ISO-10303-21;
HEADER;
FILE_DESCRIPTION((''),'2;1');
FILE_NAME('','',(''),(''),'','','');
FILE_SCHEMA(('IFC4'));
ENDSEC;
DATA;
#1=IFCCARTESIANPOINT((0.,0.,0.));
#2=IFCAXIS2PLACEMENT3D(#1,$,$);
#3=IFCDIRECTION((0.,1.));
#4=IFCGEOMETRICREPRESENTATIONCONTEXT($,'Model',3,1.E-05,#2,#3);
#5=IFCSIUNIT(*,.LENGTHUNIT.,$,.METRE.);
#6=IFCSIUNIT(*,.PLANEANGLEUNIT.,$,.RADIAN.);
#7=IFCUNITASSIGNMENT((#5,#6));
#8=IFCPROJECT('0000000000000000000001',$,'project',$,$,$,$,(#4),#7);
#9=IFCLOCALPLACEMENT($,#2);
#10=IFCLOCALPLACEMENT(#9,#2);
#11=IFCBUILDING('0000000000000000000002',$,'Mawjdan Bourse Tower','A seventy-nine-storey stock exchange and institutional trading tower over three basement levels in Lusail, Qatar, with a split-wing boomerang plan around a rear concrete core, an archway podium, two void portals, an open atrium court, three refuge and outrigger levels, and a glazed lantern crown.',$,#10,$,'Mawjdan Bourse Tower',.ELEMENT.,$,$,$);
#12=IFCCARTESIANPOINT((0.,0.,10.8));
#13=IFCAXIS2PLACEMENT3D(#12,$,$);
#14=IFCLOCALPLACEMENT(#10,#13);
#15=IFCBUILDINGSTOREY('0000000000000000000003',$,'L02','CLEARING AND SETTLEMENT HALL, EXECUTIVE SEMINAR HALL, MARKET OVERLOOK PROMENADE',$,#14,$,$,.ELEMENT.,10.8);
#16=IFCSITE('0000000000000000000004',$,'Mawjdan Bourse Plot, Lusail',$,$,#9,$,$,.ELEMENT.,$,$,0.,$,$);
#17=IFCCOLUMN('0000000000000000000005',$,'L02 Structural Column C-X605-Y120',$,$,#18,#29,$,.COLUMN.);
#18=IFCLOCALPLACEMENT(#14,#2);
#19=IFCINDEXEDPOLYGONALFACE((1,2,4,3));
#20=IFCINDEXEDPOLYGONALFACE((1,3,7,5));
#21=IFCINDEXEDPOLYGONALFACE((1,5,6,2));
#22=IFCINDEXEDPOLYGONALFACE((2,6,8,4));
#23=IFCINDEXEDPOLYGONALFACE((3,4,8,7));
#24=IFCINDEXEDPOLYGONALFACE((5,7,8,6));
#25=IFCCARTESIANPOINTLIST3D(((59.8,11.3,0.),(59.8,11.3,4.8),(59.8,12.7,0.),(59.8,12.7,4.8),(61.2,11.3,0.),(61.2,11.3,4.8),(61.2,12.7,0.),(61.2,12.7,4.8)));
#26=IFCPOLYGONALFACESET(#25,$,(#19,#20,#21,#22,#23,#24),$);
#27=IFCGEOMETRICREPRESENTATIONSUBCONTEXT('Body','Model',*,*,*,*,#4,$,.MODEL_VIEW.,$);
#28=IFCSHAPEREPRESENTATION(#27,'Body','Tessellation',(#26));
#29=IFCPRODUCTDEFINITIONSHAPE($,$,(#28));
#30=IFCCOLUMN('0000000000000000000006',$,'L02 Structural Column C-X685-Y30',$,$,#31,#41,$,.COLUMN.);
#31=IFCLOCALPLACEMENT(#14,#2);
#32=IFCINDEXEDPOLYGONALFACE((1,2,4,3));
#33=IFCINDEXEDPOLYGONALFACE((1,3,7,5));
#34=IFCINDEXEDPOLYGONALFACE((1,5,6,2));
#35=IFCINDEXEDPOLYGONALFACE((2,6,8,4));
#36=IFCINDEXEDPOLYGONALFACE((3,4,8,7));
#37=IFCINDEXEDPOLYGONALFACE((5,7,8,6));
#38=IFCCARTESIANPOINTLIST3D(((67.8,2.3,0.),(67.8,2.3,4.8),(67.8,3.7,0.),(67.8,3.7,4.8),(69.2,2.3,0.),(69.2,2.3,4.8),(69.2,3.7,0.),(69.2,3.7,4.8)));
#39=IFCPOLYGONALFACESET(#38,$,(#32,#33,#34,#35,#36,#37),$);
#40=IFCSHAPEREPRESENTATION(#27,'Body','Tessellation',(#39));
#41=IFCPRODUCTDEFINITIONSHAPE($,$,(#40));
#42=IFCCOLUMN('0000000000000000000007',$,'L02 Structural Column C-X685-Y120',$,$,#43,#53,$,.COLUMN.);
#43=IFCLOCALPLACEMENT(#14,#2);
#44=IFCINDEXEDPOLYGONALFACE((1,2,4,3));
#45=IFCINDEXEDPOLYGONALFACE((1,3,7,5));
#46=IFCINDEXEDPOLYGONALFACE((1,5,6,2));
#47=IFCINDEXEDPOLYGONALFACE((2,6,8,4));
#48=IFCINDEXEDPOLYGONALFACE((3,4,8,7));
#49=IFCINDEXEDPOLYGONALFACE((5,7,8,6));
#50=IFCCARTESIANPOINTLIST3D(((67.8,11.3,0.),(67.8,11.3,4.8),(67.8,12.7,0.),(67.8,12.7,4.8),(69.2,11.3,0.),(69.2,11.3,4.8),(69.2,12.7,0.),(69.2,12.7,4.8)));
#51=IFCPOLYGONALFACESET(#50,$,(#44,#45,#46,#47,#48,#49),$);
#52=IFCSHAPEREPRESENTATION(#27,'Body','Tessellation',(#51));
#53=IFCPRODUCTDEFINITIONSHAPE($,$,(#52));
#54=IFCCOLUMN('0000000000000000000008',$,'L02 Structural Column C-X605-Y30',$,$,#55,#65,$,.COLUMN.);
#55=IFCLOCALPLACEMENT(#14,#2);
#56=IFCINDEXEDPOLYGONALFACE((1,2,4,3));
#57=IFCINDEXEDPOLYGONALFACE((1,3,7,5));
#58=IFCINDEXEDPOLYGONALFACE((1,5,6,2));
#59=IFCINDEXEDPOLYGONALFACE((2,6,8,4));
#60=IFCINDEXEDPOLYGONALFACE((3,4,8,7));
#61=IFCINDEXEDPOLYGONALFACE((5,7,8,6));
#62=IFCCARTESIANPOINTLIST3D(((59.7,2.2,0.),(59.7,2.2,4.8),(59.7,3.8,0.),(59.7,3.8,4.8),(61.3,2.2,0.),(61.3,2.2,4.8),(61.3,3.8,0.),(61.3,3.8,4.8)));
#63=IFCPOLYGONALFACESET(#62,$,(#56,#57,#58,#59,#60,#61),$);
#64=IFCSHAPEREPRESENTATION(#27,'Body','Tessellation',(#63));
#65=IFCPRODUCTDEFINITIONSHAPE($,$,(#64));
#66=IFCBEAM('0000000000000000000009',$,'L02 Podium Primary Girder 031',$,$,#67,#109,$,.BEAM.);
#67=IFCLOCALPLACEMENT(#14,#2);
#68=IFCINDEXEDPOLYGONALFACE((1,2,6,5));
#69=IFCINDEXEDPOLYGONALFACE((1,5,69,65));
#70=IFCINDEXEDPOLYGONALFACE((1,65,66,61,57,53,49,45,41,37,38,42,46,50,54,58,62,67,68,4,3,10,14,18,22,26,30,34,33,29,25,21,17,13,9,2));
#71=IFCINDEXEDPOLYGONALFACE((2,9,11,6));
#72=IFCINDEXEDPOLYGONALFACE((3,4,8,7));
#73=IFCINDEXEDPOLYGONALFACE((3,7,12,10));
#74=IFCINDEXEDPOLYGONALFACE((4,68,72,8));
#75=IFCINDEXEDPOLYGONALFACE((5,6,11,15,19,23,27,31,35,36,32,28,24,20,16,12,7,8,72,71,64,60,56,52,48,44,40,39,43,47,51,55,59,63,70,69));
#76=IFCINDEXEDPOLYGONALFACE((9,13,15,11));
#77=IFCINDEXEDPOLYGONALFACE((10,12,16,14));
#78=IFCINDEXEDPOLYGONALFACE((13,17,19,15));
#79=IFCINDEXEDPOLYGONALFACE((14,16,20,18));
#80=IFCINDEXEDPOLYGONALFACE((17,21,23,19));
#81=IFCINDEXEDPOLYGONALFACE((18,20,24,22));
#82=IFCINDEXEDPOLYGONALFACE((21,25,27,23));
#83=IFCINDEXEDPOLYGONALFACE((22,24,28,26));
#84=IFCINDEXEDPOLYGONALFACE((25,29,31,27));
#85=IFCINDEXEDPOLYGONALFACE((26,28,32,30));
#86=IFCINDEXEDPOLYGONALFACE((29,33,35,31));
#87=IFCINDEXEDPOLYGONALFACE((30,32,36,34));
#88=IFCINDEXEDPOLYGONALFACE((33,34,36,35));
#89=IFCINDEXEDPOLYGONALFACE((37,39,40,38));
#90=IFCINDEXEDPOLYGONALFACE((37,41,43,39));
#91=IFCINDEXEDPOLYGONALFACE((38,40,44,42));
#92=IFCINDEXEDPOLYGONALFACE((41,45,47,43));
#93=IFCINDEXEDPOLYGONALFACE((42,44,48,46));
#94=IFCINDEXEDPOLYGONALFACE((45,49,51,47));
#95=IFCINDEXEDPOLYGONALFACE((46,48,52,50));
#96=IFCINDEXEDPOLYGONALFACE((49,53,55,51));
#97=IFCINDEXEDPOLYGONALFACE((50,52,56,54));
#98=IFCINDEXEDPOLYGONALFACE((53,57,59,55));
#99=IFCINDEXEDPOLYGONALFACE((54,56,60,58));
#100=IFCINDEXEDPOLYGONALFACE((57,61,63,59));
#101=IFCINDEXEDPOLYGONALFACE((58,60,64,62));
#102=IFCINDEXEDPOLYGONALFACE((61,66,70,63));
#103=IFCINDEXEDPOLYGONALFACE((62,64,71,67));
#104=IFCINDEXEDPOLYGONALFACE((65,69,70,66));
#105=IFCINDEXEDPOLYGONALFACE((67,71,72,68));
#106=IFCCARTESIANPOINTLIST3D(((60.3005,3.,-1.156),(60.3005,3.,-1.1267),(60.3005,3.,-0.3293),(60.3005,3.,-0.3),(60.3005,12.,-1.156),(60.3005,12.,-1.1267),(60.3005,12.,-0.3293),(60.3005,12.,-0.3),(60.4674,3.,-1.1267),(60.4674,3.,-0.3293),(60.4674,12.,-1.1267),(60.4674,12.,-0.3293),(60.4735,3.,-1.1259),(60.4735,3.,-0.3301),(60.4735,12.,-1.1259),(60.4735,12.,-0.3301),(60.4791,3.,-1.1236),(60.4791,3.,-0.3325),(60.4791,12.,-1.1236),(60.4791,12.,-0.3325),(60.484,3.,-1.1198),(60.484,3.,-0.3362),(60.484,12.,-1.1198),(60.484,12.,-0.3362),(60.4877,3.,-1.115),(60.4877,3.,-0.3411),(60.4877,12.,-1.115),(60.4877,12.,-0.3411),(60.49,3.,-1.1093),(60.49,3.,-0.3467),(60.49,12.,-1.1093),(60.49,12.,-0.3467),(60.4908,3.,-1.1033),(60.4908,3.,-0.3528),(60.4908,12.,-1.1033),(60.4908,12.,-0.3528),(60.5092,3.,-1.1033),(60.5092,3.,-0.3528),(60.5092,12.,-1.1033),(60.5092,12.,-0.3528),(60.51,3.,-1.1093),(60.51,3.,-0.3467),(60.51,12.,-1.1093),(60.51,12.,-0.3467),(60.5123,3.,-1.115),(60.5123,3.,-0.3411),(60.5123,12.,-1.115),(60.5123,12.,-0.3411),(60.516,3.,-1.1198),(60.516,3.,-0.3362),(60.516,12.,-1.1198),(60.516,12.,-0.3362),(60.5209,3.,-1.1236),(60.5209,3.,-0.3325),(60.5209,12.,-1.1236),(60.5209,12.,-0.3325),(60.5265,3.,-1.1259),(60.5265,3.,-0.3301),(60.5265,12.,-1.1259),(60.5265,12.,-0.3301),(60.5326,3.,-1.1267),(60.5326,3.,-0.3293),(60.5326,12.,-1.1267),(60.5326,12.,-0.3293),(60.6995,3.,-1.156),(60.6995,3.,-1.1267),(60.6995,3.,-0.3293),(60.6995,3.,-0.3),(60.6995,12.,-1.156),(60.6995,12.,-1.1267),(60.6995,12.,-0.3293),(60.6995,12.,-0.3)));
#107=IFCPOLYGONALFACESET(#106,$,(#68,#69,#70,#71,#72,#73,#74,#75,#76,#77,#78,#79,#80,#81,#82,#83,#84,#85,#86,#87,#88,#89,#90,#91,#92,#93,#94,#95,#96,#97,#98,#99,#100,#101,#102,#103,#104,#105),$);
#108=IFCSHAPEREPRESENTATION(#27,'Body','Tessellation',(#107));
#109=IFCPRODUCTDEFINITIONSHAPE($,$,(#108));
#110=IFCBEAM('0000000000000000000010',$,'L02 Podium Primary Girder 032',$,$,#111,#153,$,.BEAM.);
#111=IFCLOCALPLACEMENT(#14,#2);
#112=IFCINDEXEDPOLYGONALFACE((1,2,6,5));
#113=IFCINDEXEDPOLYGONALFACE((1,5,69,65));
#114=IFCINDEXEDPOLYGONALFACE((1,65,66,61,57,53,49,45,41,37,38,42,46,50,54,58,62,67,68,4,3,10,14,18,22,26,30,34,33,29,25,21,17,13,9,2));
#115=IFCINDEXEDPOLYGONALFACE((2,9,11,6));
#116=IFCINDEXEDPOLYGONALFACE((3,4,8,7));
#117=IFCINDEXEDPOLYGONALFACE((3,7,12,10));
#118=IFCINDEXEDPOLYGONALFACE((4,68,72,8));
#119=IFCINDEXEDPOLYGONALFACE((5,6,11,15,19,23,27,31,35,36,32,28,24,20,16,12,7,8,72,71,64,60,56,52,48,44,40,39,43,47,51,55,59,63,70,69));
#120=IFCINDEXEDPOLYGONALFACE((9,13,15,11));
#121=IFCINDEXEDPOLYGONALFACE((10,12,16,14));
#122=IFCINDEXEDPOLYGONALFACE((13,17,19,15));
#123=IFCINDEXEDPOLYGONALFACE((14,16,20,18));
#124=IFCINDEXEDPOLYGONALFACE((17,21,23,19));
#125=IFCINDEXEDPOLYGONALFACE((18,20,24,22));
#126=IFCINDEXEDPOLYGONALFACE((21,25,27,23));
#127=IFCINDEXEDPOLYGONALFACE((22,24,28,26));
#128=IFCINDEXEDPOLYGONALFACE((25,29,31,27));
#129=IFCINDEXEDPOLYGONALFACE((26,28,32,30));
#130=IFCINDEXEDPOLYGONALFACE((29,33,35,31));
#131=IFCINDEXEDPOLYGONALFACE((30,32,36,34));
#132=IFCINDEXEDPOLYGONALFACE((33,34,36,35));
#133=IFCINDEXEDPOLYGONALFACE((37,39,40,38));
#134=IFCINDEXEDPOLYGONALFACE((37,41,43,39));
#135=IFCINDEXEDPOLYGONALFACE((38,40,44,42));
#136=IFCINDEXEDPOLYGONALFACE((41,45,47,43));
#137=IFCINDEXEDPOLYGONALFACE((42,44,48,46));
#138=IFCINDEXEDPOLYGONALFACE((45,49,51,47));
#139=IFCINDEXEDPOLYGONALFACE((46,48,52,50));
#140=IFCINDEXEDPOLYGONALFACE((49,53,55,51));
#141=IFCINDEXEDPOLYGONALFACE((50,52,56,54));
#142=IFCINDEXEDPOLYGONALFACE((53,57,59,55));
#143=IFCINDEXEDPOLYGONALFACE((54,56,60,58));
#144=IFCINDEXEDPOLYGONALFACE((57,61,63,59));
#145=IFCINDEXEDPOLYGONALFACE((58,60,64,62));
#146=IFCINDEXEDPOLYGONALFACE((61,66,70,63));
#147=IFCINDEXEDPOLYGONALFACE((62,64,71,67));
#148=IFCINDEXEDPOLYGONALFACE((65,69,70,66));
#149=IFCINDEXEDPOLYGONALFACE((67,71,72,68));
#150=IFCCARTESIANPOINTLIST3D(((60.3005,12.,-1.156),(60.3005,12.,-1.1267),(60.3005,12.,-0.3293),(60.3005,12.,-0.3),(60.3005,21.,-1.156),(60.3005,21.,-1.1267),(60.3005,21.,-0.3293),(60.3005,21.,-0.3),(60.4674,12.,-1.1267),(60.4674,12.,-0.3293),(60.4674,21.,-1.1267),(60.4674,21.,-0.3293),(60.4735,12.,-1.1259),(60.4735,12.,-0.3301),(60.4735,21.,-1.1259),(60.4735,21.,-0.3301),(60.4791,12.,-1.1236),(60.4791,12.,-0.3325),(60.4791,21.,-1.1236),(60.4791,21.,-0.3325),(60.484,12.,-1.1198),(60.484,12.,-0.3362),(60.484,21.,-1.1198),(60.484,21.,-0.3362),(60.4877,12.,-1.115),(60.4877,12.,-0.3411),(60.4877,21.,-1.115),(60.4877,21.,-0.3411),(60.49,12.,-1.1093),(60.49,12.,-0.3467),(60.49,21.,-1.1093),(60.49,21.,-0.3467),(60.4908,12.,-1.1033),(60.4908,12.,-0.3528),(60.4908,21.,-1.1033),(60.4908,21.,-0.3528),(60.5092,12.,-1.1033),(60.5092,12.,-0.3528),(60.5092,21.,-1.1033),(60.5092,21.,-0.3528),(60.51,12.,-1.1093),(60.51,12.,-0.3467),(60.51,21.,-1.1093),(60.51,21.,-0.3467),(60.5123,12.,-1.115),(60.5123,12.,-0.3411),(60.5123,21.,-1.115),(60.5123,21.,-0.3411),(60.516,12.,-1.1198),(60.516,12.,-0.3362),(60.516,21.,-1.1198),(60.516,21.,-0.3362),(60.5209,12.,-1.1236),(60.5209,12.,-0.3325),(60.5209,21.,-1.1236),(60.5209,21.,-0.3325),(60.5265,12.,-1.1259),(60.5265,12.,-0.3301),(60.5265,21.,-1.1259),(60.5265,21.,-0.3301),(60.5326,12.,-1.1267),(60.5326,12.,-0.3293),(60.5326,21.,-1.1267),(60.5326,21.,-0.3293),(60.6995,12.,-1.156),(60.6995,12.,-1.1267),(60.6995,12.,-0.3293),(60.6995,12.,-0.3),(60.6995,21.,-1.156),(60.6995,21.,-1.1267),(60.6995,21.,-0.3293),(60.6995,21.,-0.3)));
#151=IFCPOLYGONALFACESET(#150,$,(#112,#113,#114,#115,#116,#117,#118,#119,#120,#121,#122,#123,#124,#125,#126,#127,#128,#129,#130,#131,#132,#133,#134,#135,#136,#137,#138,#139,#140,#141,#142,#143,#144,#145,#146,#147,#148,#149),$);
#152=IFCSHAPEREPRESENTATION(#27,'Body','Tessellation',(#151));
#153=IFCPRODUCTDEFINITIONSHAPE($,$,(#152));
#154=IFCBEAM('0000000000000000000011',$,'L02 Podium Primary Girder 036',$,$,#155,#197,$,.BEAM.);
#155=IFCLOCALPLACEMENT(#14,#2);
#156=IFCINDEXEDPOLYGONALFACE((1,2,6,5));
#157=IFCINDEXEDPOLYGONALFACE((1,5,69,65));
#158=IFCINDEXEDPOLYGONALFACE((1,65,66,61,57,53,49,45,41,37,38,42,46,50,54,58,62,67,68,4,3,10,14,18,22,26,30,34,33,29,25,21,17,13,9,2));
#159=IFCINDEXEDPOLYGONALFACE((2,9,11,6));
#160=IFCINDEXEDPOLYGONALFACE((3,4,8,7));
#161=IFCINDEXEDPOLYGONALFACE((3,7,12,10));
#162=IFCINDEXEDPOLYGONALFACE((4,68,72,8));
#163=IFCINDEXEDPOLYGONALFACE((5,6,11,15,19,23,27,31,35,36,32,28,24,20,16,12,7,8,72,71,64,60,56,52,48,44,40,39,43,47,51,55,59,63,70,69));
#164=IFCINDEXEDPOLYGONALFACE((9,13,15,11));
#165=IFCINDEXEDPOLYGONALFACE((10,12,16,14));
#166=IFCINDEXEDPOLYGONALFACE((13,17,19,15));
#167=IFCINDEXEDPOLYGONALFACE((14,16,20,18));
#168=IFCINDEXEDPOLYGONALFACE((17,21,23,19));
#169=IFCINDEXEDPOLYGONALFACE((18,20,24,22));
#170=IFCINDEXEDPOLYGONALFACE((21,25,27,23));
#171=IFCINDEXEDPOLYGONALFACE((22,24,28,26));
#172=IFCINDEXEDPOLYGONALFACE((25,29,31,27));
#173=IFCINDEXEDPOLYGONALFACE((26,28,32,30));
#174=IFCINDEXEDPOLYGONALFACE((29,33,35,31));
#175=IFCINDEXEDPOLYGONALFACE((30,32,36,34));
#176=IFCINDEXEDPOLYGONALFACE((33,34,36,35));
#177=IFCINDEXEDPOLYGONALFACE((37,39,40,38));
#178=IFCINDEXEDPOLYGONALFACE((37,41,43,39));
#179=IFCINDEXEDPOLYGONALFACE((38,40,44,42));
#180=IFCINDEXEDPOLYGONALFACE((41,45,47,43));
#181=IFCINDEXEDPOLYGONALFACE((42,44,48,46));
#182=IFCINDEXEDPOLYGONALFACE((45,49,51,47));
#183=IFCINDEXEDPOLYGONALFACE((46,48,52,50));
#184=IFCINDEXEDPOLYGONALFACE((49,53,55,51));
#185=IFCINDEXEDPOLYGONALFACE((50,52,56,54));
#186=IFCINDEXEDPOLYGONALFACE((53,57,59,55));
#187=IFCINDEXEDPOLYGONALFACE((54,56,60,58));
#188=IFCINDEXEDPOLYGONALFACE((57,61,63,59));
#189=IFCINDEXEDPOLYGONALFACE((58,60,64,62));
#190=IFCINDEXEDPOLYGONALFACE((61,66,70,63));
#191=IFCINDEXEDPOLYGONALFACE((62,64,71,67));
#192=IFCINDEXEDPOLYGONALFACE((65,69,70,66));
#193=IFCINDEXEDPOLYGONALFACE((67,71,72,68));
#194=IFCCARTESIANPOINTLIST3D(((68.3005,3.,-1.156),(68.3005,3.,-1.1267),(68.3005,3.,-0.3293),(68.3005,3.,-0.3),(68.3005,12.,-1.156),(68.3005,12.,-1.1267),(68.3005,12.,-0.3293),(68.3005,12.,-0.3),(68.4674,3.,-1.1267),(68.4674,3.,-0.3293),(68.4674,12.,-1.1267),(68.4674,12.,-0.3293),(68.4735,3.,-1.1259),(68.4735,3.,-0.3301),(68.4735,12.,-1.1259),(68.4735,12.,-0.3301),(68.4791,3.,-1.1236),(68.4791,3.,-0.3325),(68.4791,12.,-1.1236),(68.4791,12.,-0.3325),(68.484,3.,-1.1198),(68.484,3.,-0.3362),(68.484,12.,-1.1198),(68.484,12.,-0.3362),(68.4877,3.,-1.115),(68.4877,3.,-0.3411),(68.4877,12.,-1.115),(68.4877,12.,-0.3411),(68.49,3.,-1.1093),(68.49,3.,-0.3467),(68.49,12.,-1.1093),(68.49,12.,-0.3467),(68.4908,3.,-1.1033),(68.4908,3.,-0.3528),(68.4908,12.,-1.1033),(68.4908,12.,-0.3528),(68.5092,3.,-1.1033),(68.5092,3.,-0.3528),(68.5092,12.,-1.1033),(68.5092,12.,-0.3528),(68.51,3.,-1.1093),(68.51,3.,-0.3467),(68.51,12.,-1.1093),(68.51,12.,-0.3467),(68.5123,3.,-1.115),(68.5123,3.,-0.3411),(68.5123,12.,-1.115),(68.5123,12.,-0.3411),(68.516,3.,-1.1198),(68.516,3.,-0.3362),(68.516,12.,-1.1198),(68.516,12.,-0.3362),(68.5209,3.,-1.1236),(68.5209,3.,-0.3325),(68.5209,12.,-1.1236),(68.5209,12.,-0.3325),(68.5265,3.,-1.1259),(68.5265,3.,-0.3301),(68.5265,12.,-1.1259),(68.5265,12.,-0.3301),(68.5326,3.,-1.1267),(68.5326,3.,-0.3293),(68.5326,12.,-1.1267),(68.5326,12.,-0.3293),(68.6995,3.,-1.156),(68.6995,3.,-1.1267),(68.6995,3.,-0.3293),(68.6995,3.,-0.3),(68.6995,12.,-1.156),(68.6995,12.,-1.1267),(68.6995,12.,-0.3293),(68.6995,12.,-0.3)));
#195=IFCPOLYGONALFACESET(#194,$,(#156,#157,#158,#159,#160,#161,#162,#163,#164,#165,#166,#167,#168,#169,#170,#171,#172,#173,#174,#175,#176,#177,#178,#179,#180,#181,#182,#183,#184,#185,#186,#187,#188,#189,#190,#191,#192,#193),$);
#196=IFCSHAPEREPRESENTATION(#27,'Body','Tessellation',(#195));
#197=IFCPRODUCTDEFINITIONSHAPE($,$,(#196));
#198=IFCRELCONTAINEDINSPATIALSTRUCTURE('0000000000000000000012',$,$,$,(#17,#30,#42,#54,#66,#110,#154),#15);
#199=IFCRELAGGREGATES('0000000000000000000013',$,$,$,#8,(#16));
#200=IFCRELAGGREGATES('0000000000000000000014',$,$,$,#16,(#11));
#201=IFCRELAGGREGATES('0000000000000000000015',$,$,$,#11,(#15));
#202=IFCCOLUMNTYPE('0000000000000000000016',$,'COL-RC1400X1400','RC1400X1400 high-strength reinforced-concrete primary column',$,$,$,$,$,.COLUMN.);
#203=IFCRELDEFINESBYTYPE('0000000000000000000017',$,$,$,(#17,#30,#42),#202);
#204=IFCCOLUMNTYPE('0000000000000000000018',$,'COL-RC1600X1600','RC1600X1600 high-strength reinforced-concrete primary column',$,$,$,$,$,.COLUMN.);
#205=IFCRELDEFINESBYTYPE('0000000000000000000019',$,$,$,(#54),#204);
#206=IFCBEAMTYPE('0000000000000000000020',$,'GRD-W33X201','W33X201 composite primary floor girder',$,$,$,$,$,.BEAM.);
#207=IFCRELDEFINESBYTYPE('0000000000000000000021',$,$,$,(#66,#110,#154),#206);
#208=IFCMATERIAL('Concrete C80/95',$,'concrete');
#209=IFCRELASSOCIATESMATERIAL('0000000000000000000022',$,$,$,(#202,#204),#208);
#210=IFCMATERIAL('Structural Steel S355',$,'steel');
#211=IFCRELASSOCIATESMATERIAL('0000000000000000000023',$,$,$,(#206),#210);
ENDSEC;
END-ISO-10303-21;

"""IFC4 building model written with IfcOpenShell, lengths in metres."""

from ifc_helpers import new_model, si_unit, direction, frame, origin, origin_2d, place, context, subcontext, project, spatial, rectangle, i_section, extrude, material, material_profile, profile_set, type_object, element, save


model = new_model("IFC4")

# Units and contexts
model_context = context("Model", 3, precision=1e-05, world=origin(), true_north=direction((0.0, 1.0)))
body_context = subcontext(model_context, "Body", "Model", "MODEL_VIEW")
ifc_project = project(units=[si_unit("LENGTHUNIT", "METRE"), si_unit("PLANEANGLEUNIT", "RADIAN")], contexts=[model_context])

# Site, building, storey
site_placement = place(None, origin())
site = spatial("IfcSite", under=ifc_project, at=site_placement, Name="Mawjdan Bourse Plot, Lusail", CompositionType="ELEMENT", RefElevation=0.0)
building_placement = place(site_placement, origin())
building = spatial("IfcBuilding", under=site, at=building_placement, Name="Mawjdan Bourse Tower", Description="A seventy-nine-storey stock exchange and institutional trading tower over three basement levels in Lusail, Qatar, with a split-wing boomerang plan around a rear concrete core, an archway podium, two void portals, an open atrium court, three refuge and outrigger levels, and a glazed lantern crown.", LongName="Mawjdan Bourse Tower", CompositionType="ELEMENT")
storey_placement = place(building_placement, frame((0.0, 0.0, 10.8)))
storey = spatial("IfcBuildingStorey", under=building, at=storey_placement, Name="L02", Description="CLEARING AND SETTLEMENT HALL, EXECUTIVE SEMINAR HALL, MARKET OVERLOOK PROMENADE", CompositionType="ELEMENT", Elevation=10.8)

# Columns
ifc_material_1 = material(Name="Concrete C80/95", Category="concrete")
ifc_material_profile_1 = material_profile(ifc_material_1, rectangle(XDim=1.3999, YDim=1.3999, at=origin_2d()), Name="RC1400X1400")
ifc_profile_set_1 = profile_set([ifc_material_profile_1], Name="Concrete C80/95")
column_type_1 = type_object("IfcColumnType", Name="COL-RC1400X1400", Description="RC1400X1400 high-strength reinforced-concrete primary column", PredefinedType="COLUMN", material=ifc_profile_set_1)
for number, where, z_axis, x_axis, name in (
    (1, (60.5, 12.0, 0.0), (0.0, 0.0, 1.0), (1.0, 0.0, 0.0), "L02 Structural Column C-X605-Y120"),
    (2, (68.5, 3.0, 0.0), (0.0, 0.0, 1.0), (1.0, 0.0, 0.0), "L02 Structural Column C-X685-Y30"),
    (3, (68.5, 12.0, 0.0), (0.0, 0.0, 1.0), (1.0, 0.0, 0.0), "L02 Structural Column C-X685-Y120"),
):
    element("IfcColumn", number, at=place(storey_placement, frame(where, z_axis=z_axis, x_axis=x_axis)), inside=storey, type_object=column_type_1, Name=name, PredefinedType="COLUMN", context=body_context, shape_type="SweptSolid", body=[
        extrude(rectangle(XDim=1.3999, YDim=1.3999, at=origin_2d()), origin(), (0.0, 0.0, 1.0), 4.8),
    ])
ifc_material_profile_2 = material_profile(ifc_material_1, rectangle(XDim=1.6001, YDim=1.6001, at=origin_2d()), Name="RC1600X1600")
ifc_profile_set_2 = profile_set([ifc_material_profile_2], Name="Concrete C80/95")
column_type_2 = type_object("IfcColumnType", Name="COL-RC1600X1600", Description="RC1600X1600 high-strength reinforced-concrete primary column", PredefinedType="COLUMN", material=ifc_profile_set_2)
column_placement = place(storey_placement, frame((60.5, 3.0, 0.0), z_axis=(0.0, 0.0, 1.0), x_axis=(1.0, 0.0, 0.0)))
element("IfcColumn", 4, at=column_placement, inside=storey, type_object=column_type_2, Name="L02 Structural Column C-X605-Y30", PredefinedType="COLUMN", context=body_context, shape_type="SweptSolid", body=[
    extrude(rectangle(XDim=1.6001, YDim=1.6001, at=origin_2d()), origin(), (0.0, 0.0, 1.0), 4.8),
])

# Beams
ifc_material_2 = material(Name="Structural Steel S355", Category="steel")
ifc_material_profile_3 = material_profile(ifc_material_2, i_section(OverallWidth=0.3989, OverallDepth=0.856, WebThickness=0.0183, FlangeThickness=0.0293, FilletRadius=0.0234, at=origin_2d()), Name="W33X201")
ifc_profile_set_3 = profile_set([ifc_material_profile_3], Name="Structural Steel S355")
beam_type = type_object("IfcBeamType", Name="GRD-W33X201", Description="W33X201 composite primary floor girder", PredefinedType="BEAM", material=ifc_profile_set_3)
for number, where, z_axis, x_axis, name in (
    (5, (60.5, 3.0, -0.728), (0.0, 1.0, 0.0), (-1.0, 0.0, 0.0), "L02 Podium Primary Girder 031"),
    (6, (60.5, 12.0, -0.728), (0.0, 1.0, 0.0), (-1.0, 0.0, 0.0), "L02 Podium Primary Girder 032"),
    (7, (68.5, 3.0, -0.728), (0.0, 1.0, 0.0), (-1.0, 0.0, 0.0), "L02 Podium Primary Girder 036"),
):
    element("IfcBeam", number, at=place(storey_placement, frame(where, z_axis=z_axis, x_axis=x_axis)), inside=storey, type_object=beam_type, Name=name, PredefinedType="BEAM", context=body_context, shape_type="SweptSolid", body=[
        extrude(i_section(OverallWidth=0.3989, OverallDepth=0.856, WebThickness=0.0183, FlangeThickness=0.0293, FilletRadius=0.0234, at=origin_2d()), origin(), (0.0, 0.0, 1.0), 9.0),
    ])

save(model, "model.ifc")
